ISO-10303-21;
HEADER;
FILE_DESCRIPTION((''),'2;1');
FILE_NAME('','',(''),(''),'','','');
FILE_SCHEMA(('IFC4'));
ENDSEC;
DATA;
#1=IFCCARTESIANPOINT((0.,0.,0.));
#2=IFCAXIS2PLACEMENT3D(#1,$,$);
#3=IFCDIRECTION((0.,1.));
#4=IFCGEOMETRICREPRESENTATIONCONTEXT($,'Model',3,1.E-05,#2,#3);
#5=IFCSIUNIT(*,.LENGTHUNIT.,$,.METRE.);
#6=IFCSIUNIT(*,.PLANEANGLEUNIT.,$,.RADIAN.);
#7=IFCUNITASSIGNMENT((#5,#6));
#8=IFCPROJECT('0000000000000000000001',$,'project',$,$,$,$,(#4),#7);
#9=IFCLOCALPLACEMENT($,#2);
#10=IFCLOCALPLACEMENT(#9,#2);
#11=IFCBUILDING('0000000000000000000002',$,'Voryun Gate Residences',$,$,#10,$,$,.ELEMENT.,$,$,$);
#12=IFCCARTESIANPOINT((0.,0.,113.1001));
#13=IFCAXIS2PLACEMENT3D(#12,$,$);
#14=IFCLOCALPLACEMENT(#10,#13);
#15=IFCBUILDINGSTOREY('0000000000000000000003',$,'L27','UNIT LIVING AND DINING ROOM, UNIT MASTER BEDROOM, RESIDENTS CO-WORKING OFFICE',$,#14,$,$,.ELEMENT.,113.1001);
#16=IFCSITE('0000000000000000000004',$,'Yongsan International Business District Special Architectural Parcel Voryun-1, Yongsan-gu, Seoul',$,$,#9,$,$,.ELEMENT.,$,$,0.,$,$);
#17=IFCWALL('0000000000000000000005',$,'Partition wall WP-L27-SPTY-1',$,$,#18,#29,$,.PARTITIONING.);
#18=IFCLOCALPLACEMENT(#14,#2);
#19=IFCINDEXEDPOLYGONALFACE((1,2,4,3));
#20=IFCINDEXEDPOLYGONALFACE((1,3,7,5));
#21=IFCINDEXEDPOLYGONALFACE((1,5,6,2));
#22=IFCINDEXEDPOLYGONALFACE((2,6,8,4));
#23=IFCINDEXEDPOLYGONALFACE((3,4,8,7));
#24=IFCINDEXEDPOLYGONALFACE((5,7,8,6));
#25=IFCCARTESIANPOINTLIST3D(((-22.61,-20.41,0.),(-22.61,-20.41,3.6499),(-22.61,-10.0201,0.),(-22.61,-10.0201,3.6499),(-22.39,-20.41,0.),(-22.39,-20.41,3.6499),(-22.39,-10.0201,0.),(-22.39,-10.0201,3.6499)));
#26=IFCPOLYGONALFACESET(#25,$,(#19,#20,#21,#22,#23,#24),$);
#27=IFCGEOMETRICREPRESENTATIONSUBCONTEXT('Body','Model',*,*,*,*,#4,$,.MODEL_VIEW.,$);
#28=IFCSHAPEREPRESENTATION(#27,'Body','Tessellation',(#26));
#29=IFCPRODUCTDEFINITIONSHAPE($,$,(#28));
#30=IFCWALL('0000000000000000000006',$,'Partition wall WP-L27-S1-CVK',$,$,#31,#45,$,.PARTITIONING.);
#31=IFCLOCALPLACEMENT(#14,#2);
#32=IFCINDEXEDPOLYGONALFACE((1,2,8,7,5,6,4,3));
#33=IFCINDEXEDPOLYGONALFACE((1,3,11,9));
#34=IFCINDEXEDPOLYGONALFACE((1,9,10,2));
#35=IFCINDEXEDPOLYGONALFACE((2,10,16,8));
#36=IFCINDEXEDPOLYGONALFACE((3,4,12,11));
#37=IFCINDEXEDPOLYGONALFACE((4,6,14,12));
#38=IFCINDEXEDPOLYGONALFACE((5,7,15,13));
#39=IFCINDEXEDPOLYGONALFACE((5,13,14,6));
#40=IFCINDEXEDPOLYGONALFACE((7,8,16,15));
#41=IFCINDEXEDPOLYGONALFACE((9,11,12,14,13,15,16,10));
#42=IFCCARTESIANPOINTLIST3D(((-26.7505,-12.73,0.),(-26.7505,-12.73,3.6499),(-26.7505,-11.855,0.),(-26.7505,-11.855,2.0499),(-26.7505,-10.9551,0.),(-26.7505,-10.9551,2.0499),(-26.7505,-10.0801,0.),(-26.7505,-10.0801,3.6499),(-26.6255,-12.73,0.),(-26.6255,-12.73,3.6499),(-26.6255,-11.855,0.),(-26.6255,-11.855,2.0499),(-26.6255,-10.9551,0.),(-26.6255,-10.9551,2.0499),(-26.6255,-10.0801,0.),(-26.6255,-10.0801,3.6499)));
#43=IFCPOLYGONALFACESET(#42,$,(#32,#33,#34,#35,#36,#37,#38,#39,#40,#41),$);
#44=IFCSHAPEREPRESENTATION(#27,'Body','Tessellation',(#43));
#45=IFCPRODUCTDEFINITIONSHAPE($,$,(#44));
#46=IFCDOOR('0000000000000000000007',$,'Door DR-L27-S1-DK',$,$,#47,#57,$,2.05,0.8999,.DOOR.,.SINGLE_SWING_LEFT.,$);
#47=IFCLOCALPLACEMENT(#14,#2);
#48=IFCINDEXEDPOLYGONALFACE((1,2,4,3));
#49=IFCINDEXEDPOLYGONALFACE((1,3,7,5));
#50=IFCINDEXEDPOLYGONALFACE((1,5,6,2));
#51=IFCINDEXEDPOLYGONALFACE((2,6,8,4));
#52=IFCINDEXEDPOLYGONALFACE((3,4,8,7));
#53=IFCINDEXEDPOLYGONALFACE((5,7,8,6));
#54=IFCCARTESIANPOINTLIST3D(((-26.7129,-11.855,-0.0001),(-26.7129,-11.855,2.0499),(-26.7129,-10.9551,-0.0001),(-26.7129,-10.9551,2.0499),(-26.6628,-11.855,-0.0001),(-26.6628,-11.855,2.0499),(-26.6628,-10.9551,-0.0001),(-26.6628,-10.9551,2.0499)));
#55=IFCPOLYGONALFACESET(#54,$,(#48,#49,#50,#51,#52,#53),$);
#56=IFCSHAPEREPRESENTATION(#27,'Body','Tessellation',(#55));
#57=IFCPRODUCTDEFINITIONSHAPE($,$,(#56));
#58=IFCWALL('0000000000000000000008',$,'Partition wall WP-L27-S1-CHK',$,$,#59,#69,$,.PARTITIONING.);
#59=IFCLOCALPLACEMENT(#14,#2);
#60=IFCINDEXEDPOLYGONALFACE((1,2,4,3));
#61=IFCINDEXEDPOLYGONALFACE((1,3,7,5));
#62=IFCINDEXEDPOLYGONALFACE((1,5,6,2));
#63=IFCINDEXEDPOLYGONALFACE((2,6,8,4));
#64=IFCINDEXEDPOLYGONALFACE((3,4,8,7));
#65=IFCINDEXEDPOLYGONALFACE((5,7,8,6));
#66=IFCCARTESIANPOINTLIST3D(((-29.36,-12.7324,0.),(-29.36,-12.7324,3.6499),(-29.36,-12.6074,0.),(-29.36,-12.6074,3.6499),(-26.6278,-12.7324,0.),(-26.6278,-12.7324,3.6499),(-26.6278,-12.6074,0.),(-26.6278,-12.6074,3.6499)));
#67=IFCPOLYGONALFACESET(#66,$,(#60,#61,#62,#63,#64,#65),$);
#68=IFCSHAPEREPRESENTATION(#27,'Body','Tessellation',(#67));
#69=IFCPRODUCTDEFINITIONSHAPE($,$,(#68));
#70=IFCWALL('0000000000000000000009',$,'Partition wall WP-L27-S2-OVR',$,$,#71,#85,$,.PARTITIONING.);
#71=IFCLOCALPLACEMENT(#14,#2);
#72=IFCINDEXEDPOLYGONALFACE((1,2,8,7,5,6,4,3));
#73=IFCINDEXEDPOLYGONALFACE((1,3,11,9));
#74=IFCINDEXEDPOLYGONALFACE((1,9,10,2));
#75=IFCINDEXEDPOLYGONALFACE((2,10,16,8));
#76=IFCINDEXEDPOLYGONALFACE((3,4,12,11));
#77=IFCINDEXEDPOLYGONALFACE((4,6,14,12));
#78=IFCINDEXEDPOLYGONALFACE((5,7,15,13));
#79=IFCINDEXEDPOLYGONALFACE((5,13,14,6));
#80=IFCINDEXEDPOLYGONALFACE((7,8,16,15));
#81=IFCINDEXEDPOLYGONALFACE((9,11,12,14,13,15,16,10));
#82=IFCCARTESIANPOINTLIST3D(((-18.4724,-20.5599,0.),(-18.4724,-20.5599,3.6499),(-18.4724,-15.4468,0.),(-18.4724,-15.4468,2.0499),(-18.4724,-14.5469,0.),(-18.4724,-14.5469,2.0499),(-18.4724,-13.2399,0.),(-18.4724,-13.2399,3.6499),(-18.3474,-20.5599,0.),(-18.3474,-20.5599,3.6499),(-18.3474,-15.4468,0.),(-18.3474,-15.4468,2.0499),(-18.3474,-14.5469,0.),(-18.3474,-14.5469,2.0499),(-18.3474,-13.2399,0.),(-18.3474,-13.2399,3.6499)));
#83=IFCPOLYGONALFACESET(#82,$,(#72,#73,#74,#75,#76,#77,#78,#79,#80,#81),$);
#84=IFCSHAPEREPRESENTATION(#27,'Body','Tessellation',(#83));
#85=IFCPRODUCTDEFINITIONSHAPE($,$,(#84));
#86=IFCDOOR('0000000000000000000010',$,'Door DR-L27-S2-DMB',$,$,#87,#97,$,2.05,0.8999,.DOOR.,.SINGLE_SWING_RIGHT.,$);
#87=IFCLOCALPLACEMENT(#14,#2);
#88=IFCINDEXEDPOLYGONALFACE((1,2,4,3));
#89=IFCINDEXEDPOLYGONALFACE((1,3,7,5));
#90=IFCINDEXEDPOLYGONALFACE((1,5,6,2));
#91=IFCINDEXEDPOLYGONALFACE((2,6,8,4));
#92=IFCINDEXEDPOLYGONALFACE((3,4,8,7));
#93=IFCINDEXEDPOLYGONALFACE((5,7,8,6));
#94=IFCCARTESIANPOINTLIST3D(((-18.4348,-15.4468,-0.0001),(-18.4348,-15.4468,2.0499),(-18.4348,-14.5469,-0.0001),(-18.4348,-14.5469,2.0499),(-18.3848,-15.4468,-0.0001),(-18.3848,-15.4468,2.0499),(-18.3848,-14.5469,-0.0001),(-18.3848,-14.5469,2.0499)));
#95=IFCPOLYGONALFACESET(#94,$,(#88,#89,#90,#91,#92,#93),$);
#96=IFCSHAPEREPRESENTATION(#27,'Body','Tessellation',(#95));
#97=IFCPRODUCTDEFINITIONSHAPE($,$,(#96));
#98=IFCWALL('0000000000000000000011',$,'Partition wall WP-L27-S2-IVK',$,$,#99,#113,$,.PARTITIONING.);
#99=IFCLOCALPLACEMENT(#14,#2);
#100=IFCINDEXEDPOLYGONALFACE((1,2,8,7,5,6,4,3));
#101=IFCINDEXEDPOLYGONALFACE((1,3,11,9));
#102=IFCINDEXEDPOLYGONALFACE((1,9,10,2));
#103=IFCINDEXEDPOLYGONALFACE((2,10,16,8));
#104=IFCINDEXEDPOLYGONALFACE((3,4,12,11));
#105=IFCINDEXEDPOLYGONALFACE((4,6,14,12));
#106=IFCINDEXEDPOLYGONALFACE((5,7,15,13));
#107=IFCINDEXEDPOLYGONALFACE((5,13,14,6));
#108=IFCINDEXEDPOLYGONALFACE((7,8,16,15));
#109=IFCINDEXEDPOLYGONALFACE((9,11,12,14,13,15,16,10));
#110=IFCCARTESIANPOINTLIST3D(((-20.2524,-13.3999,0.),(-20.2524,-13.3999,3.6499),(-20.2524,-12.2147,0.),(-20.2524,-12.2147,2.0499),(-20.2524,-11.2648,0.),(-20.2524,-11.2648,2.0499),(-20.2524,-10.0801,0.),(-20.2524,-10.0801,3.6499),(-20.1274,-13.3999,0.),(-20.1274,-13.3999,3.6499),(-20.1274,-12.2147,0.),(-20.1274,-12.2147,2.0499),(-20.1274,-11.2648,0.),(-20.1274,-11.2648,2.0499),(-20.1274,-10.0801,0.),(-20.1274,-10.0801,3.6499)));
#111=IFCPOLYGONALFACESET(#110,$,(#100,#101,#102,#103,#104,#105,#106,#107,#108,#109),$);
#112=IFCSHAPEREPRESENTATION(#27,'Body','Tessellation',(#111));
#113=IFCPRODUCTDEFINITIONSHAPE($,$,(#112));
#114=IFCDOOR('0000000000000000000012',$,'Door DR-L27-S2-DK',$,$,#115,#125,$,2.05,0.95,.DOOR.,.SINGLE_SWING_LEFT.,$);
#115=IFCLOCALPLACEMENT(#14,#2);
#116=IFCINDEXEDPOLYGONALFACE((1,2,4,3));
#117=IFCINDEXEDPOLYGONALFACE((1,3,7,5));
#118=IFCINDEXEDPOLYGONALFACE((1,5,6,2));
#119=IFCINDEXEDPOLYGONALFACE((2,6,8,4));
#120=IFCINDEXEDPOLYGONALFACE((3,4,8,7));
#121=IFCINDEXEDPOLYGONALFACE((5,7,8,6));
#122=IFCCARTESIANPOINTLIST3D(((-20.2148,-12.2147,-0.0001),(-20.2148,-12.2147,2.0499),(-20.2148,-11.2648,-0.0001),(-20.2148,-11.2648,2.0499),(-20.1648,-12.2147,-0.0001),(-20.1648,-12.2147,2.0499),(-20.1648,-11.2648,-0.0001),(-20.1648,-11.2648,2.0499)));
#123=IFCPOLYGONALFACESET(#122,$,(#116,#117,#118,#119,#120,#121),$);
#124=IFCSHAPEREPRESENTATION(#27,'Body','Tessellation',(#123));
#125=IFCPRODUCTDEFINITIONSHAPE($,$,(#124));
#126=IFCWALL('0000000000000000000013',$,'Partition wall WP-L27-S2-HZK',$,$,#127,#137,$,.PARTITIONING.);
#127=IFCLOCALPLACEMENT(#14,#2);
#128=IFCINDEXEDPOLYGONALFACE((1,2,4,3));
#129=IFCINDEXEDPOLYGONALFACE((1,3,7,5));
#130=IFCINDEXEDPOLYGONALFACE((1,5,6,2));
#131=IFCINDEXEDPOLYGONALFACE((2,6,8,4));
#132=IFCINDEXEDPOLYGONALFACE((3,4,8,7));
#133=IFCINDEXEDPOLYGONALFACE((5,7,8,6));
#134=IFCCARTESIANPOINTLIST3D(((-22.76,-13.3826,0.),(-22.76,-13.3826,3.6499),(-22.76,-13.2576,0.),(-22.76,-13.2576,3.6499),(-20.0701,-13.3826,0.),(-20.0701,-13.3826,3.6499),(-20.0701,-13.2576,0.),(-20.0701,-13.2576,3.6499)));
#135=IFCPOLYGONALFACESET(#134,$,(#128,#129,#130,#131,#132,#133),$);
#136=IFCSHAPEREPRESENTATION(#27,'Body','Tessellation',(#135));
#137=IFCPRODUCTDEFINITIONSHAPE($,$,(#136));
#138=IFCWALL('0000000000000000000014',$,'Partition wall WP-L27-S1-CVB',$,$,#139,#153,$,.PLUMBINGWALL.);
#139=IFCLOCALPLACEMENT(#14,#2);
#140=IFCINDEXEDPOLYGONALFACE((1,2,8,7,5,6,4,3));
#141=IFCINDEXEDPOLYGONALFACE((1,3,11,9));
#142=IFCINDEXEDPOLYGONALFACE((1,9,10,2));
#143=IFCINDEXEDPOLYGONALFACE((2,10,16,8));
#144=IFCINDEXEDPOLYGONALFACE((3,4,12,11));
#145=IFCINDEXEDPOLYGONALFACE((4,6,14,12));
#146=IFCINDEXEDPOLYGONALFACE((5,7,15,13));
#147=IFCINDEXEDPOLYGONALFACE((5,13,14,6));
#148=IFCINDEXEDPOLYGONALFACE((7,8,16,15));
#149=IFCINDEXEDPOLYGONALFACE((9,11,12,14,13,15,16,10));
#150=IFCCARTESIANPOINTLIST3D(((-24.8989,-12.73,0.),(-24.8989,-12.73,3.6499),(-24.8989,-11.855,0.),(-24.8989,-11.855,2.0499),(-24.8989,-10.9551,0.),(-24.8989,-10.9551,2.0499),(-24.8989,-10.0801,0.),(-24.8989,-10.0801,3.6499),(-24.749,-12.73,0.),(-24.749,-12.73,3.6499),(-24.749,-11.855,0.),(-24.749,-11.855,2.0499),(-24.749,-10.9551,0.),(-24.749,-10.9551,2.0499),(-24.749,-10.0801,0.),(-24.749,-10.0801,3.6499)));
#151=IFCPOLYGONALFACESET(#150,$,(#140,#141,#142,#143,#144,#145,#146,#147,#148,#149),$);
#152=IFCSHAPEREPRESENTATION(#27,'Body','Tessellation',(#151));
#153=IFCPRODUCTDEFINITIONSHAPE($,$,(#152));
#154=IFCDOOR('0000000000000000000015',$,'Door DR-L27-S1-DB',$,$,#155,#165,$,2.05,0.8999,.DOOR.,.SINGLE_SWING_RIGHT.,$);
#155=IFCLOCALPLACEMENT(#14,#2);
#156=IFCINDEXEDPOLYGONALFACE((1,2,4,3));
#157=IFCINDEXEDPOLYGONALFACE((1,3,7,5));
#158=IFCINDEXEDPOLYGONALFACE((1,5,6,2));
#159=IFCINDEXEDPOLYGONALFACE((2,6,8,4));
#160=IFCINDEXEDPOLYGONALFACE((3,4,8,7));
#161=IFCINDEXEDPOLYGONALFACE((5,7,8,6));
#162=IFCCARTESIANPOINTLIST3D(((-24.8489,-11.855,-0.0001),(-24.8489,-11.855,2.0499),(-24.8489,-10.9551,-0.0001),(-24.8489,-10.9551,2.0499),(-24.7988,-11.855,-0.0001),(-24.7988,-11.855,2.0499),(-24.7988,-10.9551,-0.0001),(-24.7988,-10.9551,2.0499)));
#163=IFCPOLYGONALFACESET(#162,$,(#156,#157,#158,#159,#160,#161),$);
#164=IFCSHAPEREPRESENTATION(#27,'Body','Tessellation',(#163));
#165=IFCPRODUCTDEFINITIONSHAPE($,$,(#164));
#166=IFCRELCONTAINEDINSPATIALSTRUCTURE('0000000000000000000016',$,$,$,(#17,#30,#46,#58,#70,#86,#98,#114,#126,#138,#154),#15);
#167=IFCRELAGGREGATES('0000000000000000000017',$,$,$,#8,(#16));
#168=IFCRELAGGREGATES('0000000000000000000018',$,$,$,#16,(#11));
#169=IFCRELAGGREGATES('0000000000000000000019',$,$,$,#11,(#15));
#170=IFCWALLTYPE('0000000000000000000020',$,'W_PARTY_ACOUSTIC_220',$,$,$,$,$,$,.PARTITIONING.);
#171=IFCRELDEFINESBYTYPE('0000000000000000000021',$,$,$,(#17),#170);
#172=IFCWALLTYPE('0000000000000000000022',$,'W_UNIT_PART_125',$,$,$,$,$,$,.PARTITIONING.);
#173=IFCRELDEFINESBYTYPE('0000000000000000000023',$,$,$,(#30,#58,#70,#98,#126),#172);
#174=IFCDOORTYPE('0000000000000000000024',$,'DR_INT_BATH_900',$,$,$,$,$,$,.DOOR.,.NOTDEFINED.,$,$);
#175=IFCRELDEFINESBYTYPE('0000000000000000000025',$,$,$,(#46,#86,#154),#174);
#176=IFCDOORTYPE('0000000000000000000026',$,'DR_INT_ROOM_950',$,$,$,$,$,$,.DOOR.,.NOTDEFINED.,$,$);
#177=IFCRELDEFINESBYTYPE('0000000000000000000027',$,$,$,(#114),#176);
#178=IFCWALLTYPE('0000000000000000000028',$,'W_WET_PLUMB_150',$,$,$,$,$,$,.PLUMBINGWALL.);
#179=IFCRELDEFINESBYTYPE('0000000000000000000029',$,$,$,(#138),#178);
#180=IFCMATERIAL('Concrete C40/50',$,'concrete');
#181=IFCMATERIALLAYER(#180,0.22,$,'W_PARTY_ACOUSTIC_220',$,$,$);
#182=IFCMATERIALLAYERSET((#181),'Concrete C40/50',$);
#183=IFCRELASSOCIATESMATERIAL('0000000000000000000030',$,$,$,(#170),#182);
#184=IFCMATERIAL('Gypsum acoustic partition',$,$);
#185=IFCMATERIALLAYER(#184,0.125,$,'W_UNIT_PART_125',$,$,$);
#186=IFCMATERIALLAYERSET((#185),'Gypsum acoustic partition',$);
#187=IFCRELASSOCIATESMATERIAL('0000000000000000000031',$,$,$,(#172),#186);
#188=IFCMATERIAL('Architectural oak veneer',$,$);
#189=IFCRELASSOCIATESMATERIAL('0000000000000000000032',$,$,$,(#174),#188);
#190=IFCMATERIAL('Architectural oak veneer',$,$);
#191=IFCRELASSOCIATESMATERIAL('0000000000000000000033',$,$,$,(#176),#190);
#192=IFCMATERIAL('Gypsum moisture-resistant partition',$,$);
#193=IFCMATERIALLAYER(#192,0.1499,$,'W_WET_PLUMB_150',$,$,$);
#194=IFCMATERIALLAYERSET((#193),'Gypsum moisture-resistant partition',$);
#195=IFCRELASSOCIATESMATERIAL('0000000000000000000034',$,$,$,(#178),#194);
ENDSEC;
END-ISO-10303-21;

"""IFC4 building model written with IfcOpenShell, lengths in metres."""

from ifc_helpers import new_model, si_unit, direction, frame, frame_2d, origin, place, context, subcontext, project, spatial, rectangle, extrude, material, layer, layer_set, type_object, element, fill, save


model = new_model("IFC4")

# Units and contexts
model_context = context("Model", 3, precision=1e-05, world=origin(), true_north=direction((0.0, 1.0)))
body_context = subcontext(model_context, "Body", "Model", "MODEL_VIEW")
ifc_project = project(units=[si_unit("LENGTHUNIT", "METRE"), si_unit("PLANEANGLEUNIT", "RADIAN")], contexts=[model_context])

# Site, building, storey
site_placement = place(None, origin())
site = spatial("IfcSite", under=ifc_project, at=site_placement, Name="Yongsan International Business District Special Architectural Parcel Voryun-1, Yongsan-gu, Seoul", CompositionType="ELEMENT", RefElevation=0.0)
building_placement = place(site_placement, origin())
building = spatial("IfcBuilding", under=site, at=building_placement, Name="Voryun Gate Residences", CompositionType="ELEMENT")
storey_placement = place(building_placement, frame((0.0, 0.0, 113.1001)))
storey = spatial("IfcBuildingStorey", under=building, at=storey_placement, Name="L27", Description="UNIT LIVING AND DINING ROOM, UNIT MASTER BEDROOM, RESIDENTS CO-WORKING OFFICE", CompositionType="ELEMENT", Elevation=113.1001)

# Wall
ifc_material_1 = material(Name="Concrete C40/50", Category="concrete")
ifc_layer_1 = layer(ifc_material_1, 0.22, Name="W_PARTY_ACOUSTIC_220")
ifc_layer_set_1 = layer_set([ifc_layer_1], Name="Concrete C40/50")
wall_type_1 = type_object("IfcWallType", Name="W_PARTY_ACOUSTIC_220", PredefinedType="PARTITIONING", material=ifc_layer_set_1)
wall_1_placement = place(storey_placement, frame((-22.5, -20.4099, 0.0), z_axis=(0.0, 0.0, 1.0), x_axis=(0.0, 1.0, 0.0)))
element("IfcWall", 1, at=wall_1_placement, inside=storey, type_object=wall_type_1, Name="Partition wall WP-L27-SPTY-1", PredefinedType="PARTITIONING", context=body_context, shape_type="SweptSolid", body=[
    extrude(rectangle(XDim=10.3899, YDim=0.22, at=frame_2d((5.1948, 0.0))), origin(), (0.0, 0.0, 1.0), 3.6499),
])

# Wall, opening, door
ifc_material_2 = material(Name="Gypsum acoustic partition")
ifc_layer_2 = layer(ifc_material_2, 0.125, Name="W_UNIT_PART_125")
ifc_layer_set_2 = layer_set([ifc_layer_2], Name="Gypsum acoustic partition")
wall_type_2 = type_object("IfcWallType", Name="W_UNIT_PART_125", PredefinedType="PARTITIONING", material=ifc_layer_set_2)
wall_2_placement = place(storey_placement, frame((-26.688, -12.73, 0.0), z_axis=(0.0, 0.0, 1.0), x_axis=(0.0, 1.0, 0.0)))
wall_2 = element("IfcWall", 2, at=wall_2_placement, inside=storey, type_object=wall_type_2, Name="Partition wall WP-L27-S1-CVK", PredefinedType="PARTITIONING", context=body_context, shape_type="SweptSolid", body=[
    extrude(rectangle(XDim=2.6499, YDim=0.125, at=frame_2d((1.325, 0.0))), origin(), (0.0, 0.0, 1.0), 3.6499),
])
opening_1_placement = place(wall_2_placement, frame((0.875, 0.0, 0.0)))
opening_1 = element("IfcOpeningElement", 3, at=opening_1_placement, cuts=wall_2, PredefinedType="OPENING", context=body_context, shape_type="SweptSolid", body=[
    extrude(rectangle(XDim=0.8999, YDim=2.05, at=frame_2d((0.45, 1.0249))), frame((0.0, 0.0725, 0.0), z_axis=(0.0, -1.0, 0.0), x_axis=(1.0, 0.0, 0.0)), (0.0, 0.0, 1.0), 0.145),
])
ifc_material_3 = material(Name="Architectural oak veneer")
door_type_1 = type_object("IfcDoorType", Name="DR_INT_BATH_900", OperationType="NOTDEFINED", PredefinedType="DOOR", material=ifc_material_3)
door_1_placement = place(opening_1_placement, origin())
door_1 = element("IfcDoor", 4, at=door_1_placement, inside=storey, type_object=door_type_1, Name="Door DR-L27-S1-DK", OperationType="SINGLE_SWING_LEFT", OverallHeight=2.05, OverallWidth=0.8999, PredefinedType="DOOR", context=body_context, shape_type="SweptSolid", body=[
    extrude(rectangle(XDim=0.8999, YDim=2.05, at=frame_2d((0.45, 1.0249))), frame((0.0, 0.0249, 0.0), z_axis=(0.0, -1.0, 0.0), x_axis=(1.0, 0.0, 0.0)), (0.0, 0.0, 1.0), 0.05),
])
fill(opening_1, door_1)

# Wall
wall_3_placement = place(storey_placement, frame((-29.3601, -12.6699, 0.0), z_axis=(0.0, 0.0, 1.0), x_axis=(1.0, 0.0, 0.0)))
element("IfcWall", 5, at=wall_3_placement, inside=storey, type_object=wall_type_2, Name="Partition wall WP-L27-S1-CHK", PredefinedType="PARTITIONING", context=body_context, shape_type="SweptSolid", body=[
    extrude(rectangle(XDim=2.7322, YDim=0.125, at=frame_2d((1.3662, 0.0))), origin(), (0.0, 0.0, 1.0), 3.6499),
])

# Walls, openings, doors
wall_4_placement = place(storey_placement, frame((-18.4099, -20.5601, 0.0), z_axis=(0.0, 0.0, 1.0), x_axis=(0.0, 1.0, 0.0)))
wall_4 = element("IfcWall", 6, at=wall_4_placement, inside=storey, type_object=wall_type_2, Name="Partition wall WP-L27-S2-OVR", PredefinedType="PARTITIONING", context=body_context, shape_type="SweptSolid", body=[
    extrude(rectangle(XDim=7.3201, YDim=0.125, at=frame_2d((3.6602, 0.0))), origin(), (0.0, 0.0, 1.0), 3.6499),
])
opening_2_placement = place(wall_4_placement, frame((5.1133, 0.0, 0.0)))
opening_2 = element("IfcOpeningElement", 7, at=opening_2_placement, cuts=wall_4, PredefinedType="OPENING", context=body_context, shape_type="SweptSolid", body=[
    extrude(rectangle(XDim=0.8999, YDim=2.05, at=frame_2d((0.45, 1.0249))), frame((0.0, 0.0725, 0.0), z_axis=(0.0, -1.0, 0.0), x_axis=(1.0, 0.0, 0.0)), (0.0, 0.0, 1.0), 0.145),
])
door_2_placement = place(opening_2_placement, origin())
door_2 = element("IfcDoor", 8, at=door_2_placement, inside=storey, type_object=door_type_1, Name="Door DR-L27-S2-DMB", OperationType="SINGLE_SWING_RIGHT", OverallHeight=2.05, OverallWidth=0.8999, PredefinedType="DOOR", context=body_context, shape_type="SweptSolid", body=[
    extrude(rectangle(XDim=0.8999, YDim=2.05, at=frame_2d((0.45, 1.0249))), frame((0.0, 0.0249, 0.0), z_axis=(0.0, -1.0, 0.0), x_axis=(1.0, 0.0, 0.0)), (0.0, 0.0, 1.0), 0.05),
])
fill(opening_2, door_2)
wall_5_placement = place(storey_placement, frame((-20.1899, -13.3999, 0.0), z_axis=(0.0, 0.0, 1.0), x_axis=(0.0, 1.0, 0.0)))
wall_5 = element("IfcWall", 9, at=wall_5_placement, inside=storey, type_object=wall_type_2, Name="Partition wall WP-L27-S2-IVK", PredefinedType="PARTITIONING", context=body_context, shape_type="SweptSolid", body=[
    extrude(rectangle(XDim=3.3198, YDim=0.125, at=frame_2d((1.6599, 0.0))), origin(), (0.0, 0.0, 1.0), 3.6499),
])
opening_3_placement = place(wall_5_placement, frame((1.1851, 0.0, 0.0)))
opening_3 = element("IfcOpeningElement", 10, at=opening_3_placement, cuts=wall_5, PredefinedType="OPENING", context=body_context, shape_type="SweptSolid", body=[
    extrude(rectangle(XDim=0.95, YDim=2.05, at=frame_2d((0.4751, 1.0249))), frame((0.0, 0.0725, 0.0), z_axis=(0.0, -1.0, 0.0), x_axis=(1.0, 0.0, 0.0)), (0.0, 0.0, 1.0), 0.145),
])
ifc_material_4 = material(Name="Architectural oak veneer")
door_type_2 = type_object("IfcDoorType", Name="DR_INT_ROOM_950", OperationType="NOTDEFINED", PredefinedType="DOOR", material=ifc_material_4)
door_3_placement = place(opening_3_placement, origin())
door_3 = element("IfcDoor", 11, at=door_3_placement, inside=storey, type_object=door_type_2, Name="Door DR-L27-S2-DK", OperationType="SINGLE_SWING_LEFT", OverallHeight=2.05, OverallWidth=0.95, PredefinedType="DOOR", context=body_context, shape_type="SweptSolid", body=[
    extrude(rectangle(XDim=0.95, YDim=2.05, at=frame_2d((0.4751, 1.0249))), frame((0.0, 0.0249, 0.0), z_axis=(0.0, -1.0, 0.0), x_axis=(1.0, 0.0, 0.0)), (0.0, 0.0, 1.0), 0.05),
])
fill(opening_3, door_3)

# Wall
wall_6_placement = place(storey_placement, frame((-22.76, -13.3201, 0.0), z_axis=(0.0, 0.0, 1.0), x_axis=(1.0, 0.0, 0.0)))
element("IfcWall", 12, at=wall_6_placement, inside=storey, type_object=wall_type_2, Name="Partition wall WP-L27-S2-HZK", PredefinedType="PARTITIONING", context=body_context, shape_type="SweptSolid", body=[
    extrude(rectangle(XDim=2.6899, YDim=0.125, at=frame_2d((1.345, 0.0))), origin(), (0.0, 0.0, 1.0), 3.6499),
])

# Wall, opening, door
ifc_material_5 = material(Name="Gypsum moisture-resistant partition")
ifc_layer_3 = layer(ifc_material_5, 0.1499, Name="W_WET_PLUMB_150")
ifc_layer_set_3 = layer_set([ifc_layer_3], Name="Gypsum moisture-resistant partition")
wall_type_3 = type_object("IfcWallType", Name="W_WET_PLUMB_150", PredefinedType="PLUMBINGWALL", material=ifc_layer_set_3)
wall_7_placement = place(storey_placement, frame((-24.824, -12.73, 0.0), z_axis=(0.0, 0.0, 1.0), x_axis=(0.0, 1.0, 0.0)))
wall_7 = element("IfcWall", 13, at=wall_7_placement, inside=storey, type_object=wall_type_3, Name="Partition wall WP-L27-S1-CVB", PredefinedType="PLUMBINGWALL", context=body_context, shape_type="SweptSolid", body=[
    extrude(rectangle(XDim=2.6499, YDim=0.1499, at=frame_2d((1.325, 0.0))), origin(), (0.0, 0.0, 1.0), 3.6499),
])
opening_4_placement = place(wall_7_placement, frame((0.875, 0.0, 0.0)))
opening_4 = element("IfcOpeningElement", 14, at=opening_4_placement, cuts=wall_7, PredefinedType="OPENING", context=body_context, shape_type="SweptSolid", body=[
    extrude(rectangle(XDim=0.8999, YDim=2.05, at=frame_2d((0.45, 1.0249))), frame((0.0, 0.085, 0.0), z_axis=(0.0, -1.0, 0.0), x_axis=(1.0, 0.0, 0.0)), (0.0, 0.0, 1.0), 0.1699),
])
door_4_placement = place(opening_4_placement, origin())
door_4 = element("IfcDoor", 15, at=door_4_placement, inside=storey, type_object=door_type_1, Name="Door DR-L27-S1-DB", OperationType="SINGLE_SWING_RIGHT", OverallHeight=2.05, OverallWidth=0.8999, PredefinedType="DOOR", context=body_context, shape_type="SweptSolid", body=[
    extrude(rectangle(XDim=0.8999, YDim=2.05, at=frame_2d((0.45, 1.0249))), frame((0.0, 0.0249, 0.0), z_axis=(0.0, -1.0, 0.0), x_axis=(1.0, 0.0, 0.0)), (0.0, 0.0, 1.0), 0.05),
])
fill(opening_4, door_4)

save(model, "model.ifc")
